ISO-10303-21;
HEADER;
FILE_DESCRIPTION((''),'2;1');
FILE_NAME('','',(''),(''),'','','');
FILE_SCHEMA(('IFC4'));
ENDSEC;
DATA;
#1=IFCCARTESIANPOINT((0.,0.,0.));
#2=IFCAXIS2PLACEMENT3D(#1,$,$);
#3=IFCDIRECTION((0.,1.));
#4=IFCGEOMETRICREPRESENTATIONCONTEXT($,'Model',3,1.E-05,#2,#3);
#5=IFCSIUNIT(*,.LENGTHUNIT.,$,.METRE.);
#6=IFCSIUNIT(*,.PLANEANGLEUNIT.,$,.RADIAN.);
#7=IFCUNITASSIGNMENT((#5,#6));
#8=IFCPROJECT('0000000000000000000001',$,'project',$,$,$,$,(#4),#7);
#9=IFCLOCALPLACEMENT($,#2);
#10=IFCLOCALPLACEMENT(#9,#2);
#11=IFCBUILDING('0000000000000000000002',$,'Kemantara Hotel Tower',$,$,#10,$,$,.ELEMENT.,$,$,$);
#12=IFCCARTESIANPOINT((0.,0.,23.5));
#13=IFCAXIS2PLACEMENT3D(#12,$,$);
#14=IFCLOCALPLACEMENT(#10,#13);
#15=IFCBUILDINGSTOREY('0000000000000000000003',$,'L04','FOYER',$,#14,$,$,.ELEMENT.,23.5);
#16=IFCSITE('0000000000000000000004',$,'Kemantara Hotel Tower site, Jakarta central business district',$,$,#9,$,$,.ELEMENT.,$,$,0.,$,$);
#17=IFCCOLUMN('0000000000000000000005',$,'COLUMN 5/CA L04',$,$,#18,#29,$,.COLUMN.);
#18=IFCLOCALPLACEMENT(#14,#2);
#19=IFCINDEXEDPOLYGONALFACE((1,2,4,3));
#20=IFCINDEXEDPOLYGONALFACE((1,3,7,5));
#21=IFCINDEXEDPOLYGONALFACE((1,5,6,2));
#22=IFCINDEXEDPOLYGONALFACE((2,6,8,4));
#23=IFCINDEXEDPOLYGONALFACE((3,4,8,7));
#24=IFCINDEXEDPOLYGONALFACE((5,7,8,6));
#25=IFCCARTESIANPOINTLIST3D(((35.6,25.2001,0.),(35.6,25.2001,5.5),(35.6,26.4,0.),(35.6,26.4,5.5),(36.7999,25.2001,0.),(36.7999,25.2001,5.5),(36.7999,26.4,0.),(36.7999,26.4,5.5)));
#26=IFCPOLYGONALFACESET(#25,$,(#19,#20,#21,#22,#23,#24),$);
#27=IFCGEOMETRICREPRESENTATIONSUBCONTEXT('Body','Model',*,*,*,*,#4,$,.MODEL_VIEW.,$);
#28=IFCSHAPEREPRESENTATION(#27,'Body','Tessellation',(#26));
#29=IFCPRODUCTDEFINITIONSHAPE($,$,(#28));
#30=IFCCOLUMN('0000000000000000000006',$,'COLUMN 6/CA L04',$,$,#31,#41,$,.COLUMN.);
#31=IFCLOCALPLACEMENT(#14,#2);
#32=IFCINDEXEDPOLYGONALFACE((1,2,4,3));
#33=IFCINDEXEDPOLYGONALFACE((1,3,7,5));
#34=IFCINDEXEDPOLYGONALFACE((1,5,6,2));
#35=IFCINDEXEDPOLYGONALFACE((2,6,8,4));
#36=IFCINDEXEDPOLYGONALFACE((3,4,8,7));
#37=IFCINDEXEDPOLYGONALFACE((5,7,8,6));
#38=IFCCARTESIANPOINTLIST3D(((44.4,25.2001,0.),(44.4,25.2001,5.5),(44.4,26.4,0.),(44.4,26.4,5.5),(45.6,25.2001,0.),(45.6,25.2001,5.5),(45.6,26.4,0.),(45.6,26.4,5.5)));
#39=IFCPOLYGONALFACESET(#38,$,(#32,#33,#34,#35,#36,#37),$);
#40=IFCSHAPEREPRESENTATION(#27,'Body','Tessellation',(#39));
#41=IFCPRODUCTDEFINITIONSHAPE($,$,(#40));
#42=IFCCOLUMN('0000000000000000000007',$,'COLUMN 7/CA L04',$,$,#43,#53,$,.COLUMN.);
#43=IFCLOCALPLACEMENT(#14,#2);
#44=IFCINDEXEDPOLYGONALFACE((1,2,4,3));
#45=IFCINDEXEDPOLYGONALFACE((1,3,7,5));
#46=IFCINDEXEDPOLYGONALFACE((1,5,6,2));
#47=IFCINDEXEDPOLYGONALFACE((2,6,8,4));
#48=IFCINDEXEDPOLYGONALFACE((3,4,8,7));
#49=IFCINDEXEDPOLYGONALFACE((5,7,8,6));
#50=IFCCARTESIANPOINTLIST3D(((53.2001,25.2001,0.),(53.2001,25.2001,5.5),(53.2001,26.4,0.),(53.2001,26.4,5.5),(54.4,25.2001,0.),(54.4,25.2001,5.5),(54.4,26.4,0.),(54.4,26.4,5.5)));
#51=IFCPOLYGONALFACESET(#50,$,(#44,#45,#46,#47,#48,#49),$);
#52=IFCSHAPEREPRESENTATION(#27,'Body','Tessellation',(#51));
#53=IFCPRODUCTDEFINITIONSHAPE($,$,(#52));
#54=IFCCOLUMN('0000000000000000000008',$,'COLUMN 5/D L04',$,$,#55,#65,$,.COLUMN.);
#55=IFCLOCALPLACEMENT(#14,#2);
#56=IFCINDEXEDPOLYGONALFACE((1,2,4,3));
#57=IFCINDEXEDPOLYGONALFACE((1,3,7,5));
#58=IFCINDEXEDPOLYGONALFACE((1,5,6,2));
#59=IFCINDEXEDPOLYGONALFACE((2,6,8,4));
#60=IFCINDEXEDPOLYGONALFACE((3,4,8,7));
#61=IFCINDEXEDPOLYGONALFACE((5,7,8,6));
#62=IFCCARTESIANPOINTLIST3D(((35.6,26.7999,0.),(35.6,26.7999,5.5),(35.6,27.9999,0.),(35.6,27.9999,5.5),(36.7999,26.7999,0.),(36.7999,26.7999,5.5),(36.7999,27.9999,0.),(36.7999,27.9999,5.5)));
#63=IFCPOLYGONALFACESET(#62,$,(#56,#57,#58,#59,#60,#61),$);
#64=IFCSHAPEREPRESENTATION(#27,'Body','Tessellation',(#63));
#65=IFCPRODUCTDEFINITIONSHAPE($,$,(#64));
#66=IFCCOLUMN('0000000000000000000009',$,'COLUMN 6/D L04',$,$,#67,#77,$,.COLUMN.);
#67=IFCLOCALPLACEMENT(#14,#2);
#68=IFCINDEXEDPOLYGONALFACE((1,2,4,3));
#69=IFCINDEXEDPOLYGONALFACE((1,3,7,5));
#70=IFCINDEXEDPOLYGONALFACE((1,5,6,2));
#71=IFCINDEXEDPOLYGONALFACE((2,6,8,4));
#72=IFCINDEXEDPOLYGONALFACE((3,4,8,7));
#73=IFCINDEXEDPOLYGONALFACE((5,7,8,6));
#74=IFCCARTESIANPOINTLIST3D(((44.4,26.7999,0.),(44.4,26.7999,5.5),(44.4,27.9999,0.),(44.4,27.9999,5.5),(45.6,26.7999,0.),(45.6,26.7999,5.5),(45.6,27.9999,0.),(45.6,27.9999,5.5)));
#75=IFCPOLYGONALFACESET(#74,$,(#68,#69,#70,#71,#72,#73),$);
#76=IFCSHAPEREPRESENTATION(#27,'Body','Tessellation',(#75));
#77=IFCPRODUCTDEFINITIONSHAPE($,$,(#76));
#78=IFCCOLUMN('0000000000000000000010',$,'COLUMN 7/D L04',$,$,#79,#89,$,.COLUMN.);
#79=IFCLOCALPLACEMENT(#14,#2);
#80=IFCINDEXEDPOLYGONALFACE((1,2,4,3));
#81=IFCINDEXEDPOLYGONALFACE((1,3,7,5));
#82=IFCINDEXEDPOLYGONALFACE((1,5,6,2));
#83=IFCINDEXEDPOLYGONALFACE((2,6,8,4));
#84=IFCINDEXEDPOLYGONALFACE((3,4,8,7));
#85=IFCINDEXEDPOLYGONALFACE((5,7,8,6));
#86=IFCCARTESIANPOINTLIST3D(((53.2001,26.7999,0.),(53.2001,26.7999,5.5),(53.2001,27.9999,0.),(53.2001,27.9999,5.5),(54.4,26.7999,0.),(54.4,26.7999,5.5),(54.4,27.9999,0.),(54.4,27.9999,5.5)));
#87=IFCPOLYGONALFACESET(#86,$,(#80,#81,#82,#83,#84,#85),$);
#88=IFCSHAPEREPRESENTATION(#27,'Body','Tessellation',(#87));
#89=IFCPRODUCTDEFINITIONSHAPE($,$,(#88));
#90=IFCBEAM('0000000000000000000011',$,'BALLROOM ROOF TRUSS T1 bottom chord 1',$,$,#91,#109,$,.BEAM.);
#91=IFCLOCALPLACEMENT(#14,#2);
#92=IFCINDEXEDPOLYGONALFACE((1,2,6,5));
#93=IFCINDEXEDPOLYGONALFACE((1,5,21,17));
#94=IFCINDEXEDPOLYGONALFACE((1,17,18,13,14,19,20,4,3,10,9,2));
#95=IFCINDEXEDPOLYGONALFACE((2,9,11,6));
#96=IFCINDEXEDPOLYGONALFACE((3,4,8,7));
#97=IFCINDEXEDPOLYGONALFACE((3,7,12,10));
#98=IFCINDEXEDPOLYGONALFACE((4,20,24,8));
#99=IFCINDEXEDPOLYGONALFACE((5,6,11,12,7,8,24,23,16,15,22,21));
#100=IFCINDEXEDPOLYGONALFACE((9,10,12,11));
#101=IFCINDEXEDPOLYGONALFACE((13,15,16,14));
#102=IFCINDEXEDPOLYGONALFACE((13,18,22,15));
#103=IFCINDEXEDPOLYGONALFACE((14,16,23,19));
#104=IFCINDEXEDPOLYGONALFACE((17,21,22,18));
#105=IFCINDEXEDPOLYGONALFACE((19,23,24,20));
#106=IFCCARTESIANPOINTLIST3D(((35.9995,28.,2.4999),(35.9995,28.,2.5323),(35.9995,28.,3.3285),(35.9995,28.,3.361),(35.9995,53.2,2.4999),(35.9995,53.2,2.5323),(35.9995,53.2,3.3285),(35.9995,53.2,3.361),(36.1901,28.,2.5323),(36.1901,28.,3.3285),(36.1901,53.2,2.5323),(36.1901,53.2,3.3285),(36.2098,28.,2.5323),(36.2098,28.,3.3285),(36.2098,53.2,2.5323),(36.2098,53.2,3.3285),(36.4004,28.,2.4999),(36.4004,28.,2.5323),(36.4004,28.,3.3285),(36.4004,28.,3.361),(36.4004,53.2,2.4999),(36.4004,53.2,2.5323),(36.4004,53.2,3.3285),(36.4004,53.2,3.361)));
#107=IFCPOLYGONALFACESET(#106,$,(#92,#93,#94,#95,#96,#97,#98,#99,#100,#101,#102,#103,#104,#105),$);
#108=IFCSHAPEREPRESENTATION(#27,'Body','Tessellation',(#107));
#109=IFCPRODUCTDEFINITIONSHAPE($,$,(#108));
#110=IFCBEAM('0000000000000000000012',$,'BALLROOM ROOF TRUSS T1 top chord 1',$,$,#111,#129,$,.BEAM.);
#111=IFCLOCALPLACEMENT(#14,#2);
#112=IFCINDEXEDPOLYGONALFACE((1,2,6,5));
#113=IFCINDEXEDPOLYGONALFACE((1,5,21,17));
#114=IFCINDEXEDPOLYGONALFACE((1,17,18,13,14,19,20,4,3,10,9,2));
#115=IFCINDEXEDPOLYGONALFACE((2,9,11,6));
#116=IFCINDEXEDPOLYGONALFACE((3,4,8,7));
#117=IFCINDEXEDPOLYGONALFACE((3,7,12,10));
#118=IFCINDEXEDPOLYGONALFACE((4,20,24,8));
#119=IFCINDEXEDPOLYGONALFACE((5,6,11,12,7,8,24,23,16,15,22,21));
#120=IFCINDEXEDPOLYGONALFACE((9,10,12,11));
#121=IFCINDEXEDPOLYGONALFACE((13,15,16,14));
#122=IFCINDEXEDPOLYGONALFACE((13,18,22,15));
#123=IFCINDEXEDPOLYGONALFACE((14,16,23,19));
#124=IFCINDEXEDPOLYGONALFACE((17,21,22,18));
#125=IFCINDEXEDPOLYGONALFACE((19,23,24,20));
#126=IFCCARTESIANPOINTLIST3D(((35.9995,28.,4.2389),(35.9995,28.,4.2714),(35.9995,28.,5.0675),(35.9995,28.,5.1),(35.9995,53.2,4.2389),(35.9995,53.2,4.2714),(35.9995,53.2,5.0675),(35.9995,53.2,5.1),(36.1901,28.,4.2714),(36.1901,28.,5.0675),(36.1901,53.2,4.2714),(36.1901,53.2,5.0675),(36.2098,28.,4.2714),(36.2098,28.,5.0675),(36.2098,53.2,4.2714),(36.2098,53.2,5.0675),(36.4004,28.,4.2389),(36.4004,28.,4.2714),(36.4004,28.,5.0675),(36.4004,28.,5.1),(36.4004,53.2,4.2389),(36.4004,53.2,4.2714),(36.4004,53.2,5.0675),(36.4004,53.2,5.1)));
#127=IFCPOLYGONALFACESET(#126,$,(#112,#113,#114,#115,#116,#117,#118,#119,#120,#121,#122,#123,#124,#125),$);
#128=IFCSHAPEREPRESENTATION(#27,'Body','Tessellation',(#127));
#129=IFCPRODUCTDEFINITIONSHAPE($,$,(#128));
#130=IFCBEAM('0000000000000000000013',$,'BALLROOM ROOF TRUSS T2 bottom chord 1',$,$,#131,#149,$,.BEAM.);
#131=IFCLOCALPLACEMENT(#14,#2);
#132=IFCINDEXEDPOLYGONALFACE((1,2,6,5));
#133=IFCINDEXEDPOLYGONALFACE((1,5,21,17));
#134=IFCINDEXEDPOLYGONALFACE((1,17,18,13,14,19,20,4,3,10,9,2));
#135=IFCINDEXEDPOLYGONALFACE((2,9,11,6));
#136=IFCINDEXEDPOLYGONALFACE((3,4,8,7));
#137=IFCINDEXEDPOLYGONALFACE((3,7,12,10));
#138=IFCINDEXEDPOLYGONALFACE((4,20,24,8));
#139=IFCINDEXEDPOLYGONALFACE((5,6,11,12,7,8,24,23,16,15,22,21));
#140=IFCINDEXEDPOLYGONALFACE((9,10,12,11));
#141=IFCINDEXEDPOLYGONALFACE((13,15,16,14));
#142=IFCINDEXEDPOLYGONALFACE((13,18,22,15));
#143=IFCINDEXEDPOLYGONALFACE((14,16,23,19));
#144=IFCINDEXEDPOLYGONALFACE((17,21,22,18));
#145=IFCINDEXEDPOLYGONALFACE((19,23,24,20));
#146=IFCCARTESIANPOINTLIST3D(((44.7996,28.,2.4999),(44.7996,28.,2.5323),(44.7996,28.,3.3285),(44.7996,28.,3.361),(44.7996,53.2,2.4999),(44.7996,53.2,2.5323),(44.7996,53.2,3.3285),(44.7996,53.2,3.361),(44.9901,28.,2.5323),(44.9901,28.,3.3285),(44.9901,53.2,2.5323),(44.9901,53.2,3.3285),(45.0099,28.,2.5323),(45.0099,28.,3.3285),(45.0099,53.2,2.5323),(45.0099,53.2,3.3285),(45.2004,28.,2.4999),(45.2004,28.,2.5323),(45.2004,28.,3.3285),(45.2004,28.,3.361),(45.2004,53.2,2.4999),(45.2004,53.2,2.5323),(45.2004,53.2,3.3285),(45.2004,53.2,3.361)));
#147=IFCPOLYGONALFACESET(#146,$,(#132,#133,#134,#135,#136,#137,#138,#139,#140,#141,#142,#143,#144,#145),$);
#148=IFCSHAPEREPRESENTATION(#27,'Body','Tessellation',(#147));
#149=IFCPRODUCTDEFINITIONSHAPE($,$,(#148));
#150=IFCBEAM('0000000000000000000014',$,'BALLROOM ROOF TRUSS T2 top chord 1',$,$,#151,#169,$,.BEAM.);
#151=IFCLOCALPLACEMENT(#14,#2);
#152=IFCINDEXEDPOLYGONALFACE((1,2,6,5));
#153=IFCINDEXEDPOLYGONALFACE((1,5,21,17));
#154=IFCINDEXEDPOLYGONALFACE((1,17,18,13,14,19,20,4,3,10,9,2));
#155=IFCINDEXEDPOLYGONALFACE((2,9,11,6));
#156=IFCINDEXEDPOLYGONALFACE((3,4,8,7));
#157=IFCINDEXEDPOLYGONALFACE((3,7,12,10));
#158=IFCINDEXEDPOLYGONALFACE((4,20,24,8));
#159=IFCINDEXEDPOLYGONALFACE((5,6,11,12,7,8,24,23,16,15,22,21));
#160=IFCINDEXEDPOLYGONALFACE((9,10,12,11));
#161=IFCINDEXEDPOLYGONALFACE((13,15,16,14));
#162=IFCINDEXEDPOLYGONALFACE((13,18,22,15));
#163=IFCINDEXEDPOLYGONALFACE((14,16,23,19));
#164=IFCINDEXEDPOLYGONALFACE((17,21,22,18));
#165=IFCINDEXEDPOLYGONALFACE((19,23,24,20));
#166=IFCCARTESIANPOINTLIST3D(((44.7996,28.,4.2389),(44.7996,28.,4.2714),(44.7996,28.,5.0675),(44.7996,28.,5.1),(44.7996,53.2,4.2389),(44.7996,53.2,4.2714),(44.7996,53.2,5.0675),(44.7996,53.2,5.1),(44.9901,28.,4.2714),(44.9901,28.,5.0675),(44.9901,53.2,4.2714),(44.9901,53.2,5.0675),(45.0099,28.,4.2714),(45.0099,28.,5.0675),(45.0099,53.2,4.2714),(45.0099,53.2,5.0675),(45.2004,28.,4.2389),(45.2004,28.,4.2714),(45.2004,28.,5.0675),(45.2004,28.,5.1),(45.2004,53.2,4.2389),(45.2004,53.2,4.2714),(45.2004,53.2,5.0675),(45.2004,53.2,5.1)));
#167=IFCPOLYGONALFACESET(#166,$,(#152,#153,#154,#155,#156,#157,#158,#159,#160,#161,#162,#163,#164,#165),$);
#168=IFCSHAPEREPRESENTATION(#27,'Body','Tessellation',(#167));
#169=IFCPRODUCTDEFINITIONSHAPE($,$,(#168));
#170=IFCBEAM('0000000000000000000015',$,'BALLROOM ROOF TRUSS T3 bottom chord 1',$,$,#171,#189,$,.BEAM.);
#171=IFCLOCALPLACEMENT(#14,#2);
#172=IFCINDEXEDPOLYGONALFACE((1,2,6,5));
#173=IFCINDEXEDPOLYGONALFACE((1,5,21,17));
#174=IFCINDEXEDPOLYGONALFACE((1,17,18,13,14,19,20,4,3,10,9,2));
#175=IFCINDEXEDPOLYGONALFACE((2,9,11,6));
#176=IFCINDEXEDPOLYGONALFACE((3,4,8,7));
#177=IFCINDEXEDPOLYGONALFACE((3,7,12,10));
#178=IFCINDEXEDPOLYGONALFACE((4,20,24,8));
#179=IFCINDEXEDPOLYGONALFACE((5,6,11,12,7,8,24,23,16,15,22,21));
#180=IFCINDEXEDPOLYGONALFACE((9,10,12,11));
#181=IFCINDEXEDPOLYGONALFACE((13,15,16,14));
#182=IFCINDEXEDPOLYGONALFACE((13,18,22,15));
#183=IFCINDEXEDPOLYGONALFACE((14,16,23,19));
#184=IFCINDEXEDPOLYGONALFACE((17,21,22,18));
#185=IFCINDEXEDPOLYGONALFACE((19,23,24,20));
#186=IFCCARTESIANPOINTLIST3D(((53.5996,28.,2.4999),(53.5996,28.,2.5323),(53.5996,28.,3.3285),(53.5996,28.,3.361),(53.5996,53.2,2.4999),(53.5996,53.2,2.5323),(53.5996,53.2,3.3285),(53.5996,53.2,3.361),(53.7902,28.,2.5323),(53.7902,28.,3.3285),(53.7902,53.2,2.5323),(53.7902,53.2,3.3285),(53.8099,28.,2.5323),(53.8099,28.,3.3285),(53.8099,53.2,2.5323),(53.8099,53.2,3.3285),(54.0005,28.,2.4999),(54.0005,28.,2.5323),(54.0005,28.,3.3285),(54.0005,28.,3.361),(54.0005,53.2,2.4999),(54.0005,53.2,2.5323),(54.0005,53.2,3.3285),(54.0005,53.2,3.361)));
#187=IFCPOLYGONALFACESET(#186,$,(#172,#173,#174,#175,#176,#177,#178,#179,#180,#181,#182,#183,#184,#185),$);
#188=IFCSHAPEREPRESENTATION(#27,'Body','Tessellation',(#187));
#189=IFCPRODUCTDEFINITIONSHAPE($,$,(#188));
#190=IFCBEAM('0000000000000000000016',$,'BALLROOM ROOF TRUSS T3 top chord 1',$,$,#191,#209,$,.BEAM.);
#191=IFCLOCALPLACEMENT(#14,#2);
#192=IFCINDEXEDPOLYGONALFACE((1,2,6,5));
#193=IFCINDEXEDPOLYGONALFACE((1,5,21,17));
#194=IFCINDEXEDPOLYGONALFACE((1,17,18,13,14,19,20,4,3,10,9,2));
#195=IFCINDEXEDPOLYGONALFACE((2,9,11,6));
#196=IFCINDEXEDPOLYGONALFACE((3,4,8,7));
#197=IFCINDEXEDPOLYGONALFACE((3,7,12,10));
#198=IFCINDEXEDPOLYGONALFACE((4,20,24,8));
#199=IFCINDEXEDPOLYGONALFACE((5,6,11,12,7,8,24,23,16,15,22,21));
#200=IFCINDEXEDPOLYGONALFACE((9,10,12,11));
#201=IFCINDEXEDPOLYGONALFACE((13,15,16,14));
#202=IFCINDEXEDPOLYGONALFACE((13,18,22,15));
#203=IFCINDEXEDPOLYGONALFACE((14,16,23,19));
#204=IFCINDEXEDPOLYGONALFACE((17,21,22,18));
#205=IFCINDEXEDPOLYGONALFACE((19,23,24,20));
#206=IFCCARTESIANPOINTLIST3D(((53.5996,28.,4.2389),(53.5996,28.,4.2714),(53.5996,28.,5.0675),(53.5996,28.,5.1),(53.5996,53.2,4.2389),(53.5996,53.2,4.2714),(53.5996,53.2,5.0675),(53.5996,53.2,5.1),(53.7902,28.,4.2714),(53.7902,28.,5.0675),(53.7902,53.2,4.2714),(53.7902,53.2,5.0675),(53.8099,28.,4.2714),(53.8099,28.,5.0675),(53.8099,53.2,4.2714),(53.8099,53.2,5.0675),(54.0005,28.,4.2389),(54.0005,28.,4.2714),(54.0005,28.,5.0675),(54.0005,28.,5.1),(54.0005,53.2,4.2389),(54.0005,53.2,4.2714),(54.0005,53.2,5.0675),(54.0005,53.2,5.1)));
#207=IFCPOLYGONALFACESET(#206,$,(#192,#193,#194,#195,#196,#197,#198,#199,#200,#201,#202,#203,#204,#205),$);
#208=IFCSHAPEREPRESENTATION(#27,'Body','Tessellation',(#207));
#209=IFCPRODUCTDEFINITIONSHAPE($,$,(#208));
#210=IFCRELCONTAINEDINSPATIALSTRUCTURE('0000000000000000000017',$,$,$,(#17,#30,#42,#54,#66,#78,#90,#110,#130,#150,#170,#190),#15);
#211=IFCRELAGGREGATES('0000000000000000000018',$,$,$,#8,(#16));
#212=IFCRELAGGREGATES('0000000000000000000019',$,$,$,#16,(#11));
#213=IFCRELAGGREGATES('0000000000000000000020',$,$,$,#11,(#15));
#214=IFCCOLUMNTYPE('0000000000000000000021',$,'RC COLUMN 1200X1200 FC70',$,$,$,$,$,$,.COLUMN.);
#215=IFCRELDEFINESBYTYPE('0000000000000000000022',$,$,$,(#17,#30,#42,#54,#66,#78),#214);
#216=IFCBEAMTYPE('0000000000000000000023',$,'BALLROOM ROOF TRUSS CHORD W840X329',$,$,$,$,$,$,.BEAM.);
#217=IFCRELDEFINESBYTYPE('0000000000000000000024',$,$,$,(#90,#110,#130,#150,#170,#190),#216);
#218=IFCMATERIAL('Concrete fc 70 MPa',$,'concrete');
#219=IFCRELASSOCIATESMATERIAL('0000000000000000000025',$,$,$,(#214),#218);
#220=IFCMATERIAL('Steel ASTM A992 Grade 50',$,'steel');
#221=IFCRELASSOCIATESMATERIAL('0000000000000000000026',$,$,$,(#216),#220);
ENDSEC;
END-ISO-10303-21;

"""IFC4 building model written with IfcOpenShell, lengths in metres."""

from ifc_helpers import new_model, si_unit, direction, frame, origin, origin_2d, place, context, subcontext, project, spatial, rectangle, i_section, extrude, material, material_profile, profile_set, type_object, element, save


model = new_model("IFC4")

# Units and contexts
model_context = context("Model", 3, precision=1e-05, world=origin(), true_north=direction((0.0, 1.0)))
body_context = subcontext(model_context, "Body", "Model", "MODEL_VIEW")
ifc_project = project(units=[si_unit("LENGTHUNIT", "METRE"), si_unit("PLANEANGLEUNIT", "RADIAN")], contexts=[model_context])

# Site, building, storey
site_placement = place(None, origin())
site = spatial("IfcSite", under=ifc_project, at=site_placement, Name="Kemantara Hotel Tower site, Jakarta central business district", CompositionType="ELEMENT", RefElevation=0.0)
building_placement = place(site_placement, origin())
building = spatial("IfcBuilding", under=site, at=building_placement, Name="Kemantara Hotel Tower", CompositionType="ELEMENT")
storey_placement = place(building_placement, frame((0.0, 0.0, 23.5)))
storey = spatial("IfcBuildingStorey", under=building, at=storey_placement, Name="L04", Description="FOYER", CompositionType="ELEMENT", Elevation=23.5)

# Columns
ifc_material_1 = material(Name="Concrete fc 70 MPa", Category="concrete")
ifc_material_profile_1 = material_profile(ifc_material_1, rectangle(XDim=1.2, YDim=1.2, at=origin_2d()), Name="RC 1200X1200")
ifc_profile_set_1 = profile_set([ifc_material_profile_1], Name="Concrete fc 70 MPa")
column_type = type_object("IfcColumnType", Name="RC COLUMN 1200X1200 FC70", PredefinedType="COLUMN", material=ifc_profile_set_1)
for number, where, z_axis, x_axis, name in (
    (1, (36.2, 25.8, 0.0), (0.0, 0.0, 1.0), (1.0, 0.0, 0.0), "COLUMN 5/CA L04"),
    (2, (45.0, 25.8, 0.0), (0.0, 0.0, 1.0), (1.0, 0.0, 0.0), "COLUMN 6/CA L04"),
    (3, (53.8, 25.8, 0.0), (0.0, 0.0, 1.0), (1.0, 0.0, 0.0), "COLUMN 7/CA L04"),
    (4, (36.2, 27.3999, 0.0), (0.0, 0.0, 1.0), (1.0, 0.0, 0.0), "COLUMN 5/D L04"),
    (5, (45.0, 27.3999, 0.0), (0.0, 0.0, 1.0), (1.0, 0.0, 0.0), "COLUMN 6/D L04"),
    (6, (53.8, 27.3999, 0.0), (0.0, 0.0, 1.0), (1.0, 0.0, 0.0), "COLUMN 7/D L04"),
):
    element("IfcColumn", number, at=place(storey_placement, frame(where, z_axis=z_axis, x_axis=x_axis)), inside=storey, type_object=column_type, Name=name, PredefinedType="COLUMN", context=body_context, shape_type="SweptSolid", body=[
        extrude(rectangle(XDim=1.2, YDim=1.2, at=origin_2d()), origin(), (0.0, 0.0, 1.0), 5.5),
    ])

# Beams
ifc_material_2 = material(Name="Steel ASTM A992 Grade 50", Category="steel")
ifc_material_profile_2 = material_profile(ifc_material_2, i_section(OverallWidth=0.4009, OverallDepth=0.8611, WebThickness=0.0198, FlangeThickness=0.0325, at=origin_2d()), Name="W840X329")
ifc_profile_set_2 = profile_set([ifc_material_profile_2], Name="Steel ASTM A992 Grade 50")
beam_type = type_object("IfcBeamType", Name="BALLROOM ROOF TRUSS CHORD W840X329", PredefinedType="BEAM", material=ifc_profile_set_2)
for number, where, z_axis, x_axis, name in (
    (7, (36.2, 28.0, 2.9304), (0.0, 1.0, 0.0), (-1.0, 0.0, 0.0), "BALLROOM ROOF TRUSS T1 bottom chord 1"),
    (8, (36.2, 28.0, 4.6694), (0.0, 1.0, 0.0), (-1.0, 0.0, 0.0), "BALLROOM ROOF TRUSS T1 top chord 1"),
    (9, (45.0, 28.0, 2.9304), (0.0, 1.0, 0.0), (-1.0, 0.0, 0.0), "BALLROOM ROOF TRUSS T2 bottom chord 1"),
    (10, (45.0, 28.0, 4.6694), (0.0, 1.0, 0.0), (-1.0, 0.0, 0.0), "BALLROOM ROOF TRUSS T2 top chord 1"),
    (11, (53.8, 28.0, 2.9304), (0.0, 1.0, 0.0), (-1.0, 0.0, 0.0), "BALLROOM ROOF TRUSS T3 bottom chord 1"),
    (12, (53.8, 28.0, 4.6694), (0.0, 1.0, 0.0), (-1.0, 0.0, 0.0), "BALLROOM ROOF TRUSS T3 top chord 1"),
):
    element("IfcBeam", number, at=place(storey_placement, frame(where, z_axis=z_axis, x_axis=x_axis)), inside=storey, type_object=beam_type, Name=name, PredefinedType="BEAM", context=body_context, shape_type="SweptSolid", body=[
        extrude(i_section(OverallWidth=0.4009, OverallDepth=0.8611, WebThickness=0.0198, FlangeThickness=0.0325, at=origin_2d()), origin(), (0.0, 0.0, 1.0), 25.2),
    ])

save(model, "model.ifc")
